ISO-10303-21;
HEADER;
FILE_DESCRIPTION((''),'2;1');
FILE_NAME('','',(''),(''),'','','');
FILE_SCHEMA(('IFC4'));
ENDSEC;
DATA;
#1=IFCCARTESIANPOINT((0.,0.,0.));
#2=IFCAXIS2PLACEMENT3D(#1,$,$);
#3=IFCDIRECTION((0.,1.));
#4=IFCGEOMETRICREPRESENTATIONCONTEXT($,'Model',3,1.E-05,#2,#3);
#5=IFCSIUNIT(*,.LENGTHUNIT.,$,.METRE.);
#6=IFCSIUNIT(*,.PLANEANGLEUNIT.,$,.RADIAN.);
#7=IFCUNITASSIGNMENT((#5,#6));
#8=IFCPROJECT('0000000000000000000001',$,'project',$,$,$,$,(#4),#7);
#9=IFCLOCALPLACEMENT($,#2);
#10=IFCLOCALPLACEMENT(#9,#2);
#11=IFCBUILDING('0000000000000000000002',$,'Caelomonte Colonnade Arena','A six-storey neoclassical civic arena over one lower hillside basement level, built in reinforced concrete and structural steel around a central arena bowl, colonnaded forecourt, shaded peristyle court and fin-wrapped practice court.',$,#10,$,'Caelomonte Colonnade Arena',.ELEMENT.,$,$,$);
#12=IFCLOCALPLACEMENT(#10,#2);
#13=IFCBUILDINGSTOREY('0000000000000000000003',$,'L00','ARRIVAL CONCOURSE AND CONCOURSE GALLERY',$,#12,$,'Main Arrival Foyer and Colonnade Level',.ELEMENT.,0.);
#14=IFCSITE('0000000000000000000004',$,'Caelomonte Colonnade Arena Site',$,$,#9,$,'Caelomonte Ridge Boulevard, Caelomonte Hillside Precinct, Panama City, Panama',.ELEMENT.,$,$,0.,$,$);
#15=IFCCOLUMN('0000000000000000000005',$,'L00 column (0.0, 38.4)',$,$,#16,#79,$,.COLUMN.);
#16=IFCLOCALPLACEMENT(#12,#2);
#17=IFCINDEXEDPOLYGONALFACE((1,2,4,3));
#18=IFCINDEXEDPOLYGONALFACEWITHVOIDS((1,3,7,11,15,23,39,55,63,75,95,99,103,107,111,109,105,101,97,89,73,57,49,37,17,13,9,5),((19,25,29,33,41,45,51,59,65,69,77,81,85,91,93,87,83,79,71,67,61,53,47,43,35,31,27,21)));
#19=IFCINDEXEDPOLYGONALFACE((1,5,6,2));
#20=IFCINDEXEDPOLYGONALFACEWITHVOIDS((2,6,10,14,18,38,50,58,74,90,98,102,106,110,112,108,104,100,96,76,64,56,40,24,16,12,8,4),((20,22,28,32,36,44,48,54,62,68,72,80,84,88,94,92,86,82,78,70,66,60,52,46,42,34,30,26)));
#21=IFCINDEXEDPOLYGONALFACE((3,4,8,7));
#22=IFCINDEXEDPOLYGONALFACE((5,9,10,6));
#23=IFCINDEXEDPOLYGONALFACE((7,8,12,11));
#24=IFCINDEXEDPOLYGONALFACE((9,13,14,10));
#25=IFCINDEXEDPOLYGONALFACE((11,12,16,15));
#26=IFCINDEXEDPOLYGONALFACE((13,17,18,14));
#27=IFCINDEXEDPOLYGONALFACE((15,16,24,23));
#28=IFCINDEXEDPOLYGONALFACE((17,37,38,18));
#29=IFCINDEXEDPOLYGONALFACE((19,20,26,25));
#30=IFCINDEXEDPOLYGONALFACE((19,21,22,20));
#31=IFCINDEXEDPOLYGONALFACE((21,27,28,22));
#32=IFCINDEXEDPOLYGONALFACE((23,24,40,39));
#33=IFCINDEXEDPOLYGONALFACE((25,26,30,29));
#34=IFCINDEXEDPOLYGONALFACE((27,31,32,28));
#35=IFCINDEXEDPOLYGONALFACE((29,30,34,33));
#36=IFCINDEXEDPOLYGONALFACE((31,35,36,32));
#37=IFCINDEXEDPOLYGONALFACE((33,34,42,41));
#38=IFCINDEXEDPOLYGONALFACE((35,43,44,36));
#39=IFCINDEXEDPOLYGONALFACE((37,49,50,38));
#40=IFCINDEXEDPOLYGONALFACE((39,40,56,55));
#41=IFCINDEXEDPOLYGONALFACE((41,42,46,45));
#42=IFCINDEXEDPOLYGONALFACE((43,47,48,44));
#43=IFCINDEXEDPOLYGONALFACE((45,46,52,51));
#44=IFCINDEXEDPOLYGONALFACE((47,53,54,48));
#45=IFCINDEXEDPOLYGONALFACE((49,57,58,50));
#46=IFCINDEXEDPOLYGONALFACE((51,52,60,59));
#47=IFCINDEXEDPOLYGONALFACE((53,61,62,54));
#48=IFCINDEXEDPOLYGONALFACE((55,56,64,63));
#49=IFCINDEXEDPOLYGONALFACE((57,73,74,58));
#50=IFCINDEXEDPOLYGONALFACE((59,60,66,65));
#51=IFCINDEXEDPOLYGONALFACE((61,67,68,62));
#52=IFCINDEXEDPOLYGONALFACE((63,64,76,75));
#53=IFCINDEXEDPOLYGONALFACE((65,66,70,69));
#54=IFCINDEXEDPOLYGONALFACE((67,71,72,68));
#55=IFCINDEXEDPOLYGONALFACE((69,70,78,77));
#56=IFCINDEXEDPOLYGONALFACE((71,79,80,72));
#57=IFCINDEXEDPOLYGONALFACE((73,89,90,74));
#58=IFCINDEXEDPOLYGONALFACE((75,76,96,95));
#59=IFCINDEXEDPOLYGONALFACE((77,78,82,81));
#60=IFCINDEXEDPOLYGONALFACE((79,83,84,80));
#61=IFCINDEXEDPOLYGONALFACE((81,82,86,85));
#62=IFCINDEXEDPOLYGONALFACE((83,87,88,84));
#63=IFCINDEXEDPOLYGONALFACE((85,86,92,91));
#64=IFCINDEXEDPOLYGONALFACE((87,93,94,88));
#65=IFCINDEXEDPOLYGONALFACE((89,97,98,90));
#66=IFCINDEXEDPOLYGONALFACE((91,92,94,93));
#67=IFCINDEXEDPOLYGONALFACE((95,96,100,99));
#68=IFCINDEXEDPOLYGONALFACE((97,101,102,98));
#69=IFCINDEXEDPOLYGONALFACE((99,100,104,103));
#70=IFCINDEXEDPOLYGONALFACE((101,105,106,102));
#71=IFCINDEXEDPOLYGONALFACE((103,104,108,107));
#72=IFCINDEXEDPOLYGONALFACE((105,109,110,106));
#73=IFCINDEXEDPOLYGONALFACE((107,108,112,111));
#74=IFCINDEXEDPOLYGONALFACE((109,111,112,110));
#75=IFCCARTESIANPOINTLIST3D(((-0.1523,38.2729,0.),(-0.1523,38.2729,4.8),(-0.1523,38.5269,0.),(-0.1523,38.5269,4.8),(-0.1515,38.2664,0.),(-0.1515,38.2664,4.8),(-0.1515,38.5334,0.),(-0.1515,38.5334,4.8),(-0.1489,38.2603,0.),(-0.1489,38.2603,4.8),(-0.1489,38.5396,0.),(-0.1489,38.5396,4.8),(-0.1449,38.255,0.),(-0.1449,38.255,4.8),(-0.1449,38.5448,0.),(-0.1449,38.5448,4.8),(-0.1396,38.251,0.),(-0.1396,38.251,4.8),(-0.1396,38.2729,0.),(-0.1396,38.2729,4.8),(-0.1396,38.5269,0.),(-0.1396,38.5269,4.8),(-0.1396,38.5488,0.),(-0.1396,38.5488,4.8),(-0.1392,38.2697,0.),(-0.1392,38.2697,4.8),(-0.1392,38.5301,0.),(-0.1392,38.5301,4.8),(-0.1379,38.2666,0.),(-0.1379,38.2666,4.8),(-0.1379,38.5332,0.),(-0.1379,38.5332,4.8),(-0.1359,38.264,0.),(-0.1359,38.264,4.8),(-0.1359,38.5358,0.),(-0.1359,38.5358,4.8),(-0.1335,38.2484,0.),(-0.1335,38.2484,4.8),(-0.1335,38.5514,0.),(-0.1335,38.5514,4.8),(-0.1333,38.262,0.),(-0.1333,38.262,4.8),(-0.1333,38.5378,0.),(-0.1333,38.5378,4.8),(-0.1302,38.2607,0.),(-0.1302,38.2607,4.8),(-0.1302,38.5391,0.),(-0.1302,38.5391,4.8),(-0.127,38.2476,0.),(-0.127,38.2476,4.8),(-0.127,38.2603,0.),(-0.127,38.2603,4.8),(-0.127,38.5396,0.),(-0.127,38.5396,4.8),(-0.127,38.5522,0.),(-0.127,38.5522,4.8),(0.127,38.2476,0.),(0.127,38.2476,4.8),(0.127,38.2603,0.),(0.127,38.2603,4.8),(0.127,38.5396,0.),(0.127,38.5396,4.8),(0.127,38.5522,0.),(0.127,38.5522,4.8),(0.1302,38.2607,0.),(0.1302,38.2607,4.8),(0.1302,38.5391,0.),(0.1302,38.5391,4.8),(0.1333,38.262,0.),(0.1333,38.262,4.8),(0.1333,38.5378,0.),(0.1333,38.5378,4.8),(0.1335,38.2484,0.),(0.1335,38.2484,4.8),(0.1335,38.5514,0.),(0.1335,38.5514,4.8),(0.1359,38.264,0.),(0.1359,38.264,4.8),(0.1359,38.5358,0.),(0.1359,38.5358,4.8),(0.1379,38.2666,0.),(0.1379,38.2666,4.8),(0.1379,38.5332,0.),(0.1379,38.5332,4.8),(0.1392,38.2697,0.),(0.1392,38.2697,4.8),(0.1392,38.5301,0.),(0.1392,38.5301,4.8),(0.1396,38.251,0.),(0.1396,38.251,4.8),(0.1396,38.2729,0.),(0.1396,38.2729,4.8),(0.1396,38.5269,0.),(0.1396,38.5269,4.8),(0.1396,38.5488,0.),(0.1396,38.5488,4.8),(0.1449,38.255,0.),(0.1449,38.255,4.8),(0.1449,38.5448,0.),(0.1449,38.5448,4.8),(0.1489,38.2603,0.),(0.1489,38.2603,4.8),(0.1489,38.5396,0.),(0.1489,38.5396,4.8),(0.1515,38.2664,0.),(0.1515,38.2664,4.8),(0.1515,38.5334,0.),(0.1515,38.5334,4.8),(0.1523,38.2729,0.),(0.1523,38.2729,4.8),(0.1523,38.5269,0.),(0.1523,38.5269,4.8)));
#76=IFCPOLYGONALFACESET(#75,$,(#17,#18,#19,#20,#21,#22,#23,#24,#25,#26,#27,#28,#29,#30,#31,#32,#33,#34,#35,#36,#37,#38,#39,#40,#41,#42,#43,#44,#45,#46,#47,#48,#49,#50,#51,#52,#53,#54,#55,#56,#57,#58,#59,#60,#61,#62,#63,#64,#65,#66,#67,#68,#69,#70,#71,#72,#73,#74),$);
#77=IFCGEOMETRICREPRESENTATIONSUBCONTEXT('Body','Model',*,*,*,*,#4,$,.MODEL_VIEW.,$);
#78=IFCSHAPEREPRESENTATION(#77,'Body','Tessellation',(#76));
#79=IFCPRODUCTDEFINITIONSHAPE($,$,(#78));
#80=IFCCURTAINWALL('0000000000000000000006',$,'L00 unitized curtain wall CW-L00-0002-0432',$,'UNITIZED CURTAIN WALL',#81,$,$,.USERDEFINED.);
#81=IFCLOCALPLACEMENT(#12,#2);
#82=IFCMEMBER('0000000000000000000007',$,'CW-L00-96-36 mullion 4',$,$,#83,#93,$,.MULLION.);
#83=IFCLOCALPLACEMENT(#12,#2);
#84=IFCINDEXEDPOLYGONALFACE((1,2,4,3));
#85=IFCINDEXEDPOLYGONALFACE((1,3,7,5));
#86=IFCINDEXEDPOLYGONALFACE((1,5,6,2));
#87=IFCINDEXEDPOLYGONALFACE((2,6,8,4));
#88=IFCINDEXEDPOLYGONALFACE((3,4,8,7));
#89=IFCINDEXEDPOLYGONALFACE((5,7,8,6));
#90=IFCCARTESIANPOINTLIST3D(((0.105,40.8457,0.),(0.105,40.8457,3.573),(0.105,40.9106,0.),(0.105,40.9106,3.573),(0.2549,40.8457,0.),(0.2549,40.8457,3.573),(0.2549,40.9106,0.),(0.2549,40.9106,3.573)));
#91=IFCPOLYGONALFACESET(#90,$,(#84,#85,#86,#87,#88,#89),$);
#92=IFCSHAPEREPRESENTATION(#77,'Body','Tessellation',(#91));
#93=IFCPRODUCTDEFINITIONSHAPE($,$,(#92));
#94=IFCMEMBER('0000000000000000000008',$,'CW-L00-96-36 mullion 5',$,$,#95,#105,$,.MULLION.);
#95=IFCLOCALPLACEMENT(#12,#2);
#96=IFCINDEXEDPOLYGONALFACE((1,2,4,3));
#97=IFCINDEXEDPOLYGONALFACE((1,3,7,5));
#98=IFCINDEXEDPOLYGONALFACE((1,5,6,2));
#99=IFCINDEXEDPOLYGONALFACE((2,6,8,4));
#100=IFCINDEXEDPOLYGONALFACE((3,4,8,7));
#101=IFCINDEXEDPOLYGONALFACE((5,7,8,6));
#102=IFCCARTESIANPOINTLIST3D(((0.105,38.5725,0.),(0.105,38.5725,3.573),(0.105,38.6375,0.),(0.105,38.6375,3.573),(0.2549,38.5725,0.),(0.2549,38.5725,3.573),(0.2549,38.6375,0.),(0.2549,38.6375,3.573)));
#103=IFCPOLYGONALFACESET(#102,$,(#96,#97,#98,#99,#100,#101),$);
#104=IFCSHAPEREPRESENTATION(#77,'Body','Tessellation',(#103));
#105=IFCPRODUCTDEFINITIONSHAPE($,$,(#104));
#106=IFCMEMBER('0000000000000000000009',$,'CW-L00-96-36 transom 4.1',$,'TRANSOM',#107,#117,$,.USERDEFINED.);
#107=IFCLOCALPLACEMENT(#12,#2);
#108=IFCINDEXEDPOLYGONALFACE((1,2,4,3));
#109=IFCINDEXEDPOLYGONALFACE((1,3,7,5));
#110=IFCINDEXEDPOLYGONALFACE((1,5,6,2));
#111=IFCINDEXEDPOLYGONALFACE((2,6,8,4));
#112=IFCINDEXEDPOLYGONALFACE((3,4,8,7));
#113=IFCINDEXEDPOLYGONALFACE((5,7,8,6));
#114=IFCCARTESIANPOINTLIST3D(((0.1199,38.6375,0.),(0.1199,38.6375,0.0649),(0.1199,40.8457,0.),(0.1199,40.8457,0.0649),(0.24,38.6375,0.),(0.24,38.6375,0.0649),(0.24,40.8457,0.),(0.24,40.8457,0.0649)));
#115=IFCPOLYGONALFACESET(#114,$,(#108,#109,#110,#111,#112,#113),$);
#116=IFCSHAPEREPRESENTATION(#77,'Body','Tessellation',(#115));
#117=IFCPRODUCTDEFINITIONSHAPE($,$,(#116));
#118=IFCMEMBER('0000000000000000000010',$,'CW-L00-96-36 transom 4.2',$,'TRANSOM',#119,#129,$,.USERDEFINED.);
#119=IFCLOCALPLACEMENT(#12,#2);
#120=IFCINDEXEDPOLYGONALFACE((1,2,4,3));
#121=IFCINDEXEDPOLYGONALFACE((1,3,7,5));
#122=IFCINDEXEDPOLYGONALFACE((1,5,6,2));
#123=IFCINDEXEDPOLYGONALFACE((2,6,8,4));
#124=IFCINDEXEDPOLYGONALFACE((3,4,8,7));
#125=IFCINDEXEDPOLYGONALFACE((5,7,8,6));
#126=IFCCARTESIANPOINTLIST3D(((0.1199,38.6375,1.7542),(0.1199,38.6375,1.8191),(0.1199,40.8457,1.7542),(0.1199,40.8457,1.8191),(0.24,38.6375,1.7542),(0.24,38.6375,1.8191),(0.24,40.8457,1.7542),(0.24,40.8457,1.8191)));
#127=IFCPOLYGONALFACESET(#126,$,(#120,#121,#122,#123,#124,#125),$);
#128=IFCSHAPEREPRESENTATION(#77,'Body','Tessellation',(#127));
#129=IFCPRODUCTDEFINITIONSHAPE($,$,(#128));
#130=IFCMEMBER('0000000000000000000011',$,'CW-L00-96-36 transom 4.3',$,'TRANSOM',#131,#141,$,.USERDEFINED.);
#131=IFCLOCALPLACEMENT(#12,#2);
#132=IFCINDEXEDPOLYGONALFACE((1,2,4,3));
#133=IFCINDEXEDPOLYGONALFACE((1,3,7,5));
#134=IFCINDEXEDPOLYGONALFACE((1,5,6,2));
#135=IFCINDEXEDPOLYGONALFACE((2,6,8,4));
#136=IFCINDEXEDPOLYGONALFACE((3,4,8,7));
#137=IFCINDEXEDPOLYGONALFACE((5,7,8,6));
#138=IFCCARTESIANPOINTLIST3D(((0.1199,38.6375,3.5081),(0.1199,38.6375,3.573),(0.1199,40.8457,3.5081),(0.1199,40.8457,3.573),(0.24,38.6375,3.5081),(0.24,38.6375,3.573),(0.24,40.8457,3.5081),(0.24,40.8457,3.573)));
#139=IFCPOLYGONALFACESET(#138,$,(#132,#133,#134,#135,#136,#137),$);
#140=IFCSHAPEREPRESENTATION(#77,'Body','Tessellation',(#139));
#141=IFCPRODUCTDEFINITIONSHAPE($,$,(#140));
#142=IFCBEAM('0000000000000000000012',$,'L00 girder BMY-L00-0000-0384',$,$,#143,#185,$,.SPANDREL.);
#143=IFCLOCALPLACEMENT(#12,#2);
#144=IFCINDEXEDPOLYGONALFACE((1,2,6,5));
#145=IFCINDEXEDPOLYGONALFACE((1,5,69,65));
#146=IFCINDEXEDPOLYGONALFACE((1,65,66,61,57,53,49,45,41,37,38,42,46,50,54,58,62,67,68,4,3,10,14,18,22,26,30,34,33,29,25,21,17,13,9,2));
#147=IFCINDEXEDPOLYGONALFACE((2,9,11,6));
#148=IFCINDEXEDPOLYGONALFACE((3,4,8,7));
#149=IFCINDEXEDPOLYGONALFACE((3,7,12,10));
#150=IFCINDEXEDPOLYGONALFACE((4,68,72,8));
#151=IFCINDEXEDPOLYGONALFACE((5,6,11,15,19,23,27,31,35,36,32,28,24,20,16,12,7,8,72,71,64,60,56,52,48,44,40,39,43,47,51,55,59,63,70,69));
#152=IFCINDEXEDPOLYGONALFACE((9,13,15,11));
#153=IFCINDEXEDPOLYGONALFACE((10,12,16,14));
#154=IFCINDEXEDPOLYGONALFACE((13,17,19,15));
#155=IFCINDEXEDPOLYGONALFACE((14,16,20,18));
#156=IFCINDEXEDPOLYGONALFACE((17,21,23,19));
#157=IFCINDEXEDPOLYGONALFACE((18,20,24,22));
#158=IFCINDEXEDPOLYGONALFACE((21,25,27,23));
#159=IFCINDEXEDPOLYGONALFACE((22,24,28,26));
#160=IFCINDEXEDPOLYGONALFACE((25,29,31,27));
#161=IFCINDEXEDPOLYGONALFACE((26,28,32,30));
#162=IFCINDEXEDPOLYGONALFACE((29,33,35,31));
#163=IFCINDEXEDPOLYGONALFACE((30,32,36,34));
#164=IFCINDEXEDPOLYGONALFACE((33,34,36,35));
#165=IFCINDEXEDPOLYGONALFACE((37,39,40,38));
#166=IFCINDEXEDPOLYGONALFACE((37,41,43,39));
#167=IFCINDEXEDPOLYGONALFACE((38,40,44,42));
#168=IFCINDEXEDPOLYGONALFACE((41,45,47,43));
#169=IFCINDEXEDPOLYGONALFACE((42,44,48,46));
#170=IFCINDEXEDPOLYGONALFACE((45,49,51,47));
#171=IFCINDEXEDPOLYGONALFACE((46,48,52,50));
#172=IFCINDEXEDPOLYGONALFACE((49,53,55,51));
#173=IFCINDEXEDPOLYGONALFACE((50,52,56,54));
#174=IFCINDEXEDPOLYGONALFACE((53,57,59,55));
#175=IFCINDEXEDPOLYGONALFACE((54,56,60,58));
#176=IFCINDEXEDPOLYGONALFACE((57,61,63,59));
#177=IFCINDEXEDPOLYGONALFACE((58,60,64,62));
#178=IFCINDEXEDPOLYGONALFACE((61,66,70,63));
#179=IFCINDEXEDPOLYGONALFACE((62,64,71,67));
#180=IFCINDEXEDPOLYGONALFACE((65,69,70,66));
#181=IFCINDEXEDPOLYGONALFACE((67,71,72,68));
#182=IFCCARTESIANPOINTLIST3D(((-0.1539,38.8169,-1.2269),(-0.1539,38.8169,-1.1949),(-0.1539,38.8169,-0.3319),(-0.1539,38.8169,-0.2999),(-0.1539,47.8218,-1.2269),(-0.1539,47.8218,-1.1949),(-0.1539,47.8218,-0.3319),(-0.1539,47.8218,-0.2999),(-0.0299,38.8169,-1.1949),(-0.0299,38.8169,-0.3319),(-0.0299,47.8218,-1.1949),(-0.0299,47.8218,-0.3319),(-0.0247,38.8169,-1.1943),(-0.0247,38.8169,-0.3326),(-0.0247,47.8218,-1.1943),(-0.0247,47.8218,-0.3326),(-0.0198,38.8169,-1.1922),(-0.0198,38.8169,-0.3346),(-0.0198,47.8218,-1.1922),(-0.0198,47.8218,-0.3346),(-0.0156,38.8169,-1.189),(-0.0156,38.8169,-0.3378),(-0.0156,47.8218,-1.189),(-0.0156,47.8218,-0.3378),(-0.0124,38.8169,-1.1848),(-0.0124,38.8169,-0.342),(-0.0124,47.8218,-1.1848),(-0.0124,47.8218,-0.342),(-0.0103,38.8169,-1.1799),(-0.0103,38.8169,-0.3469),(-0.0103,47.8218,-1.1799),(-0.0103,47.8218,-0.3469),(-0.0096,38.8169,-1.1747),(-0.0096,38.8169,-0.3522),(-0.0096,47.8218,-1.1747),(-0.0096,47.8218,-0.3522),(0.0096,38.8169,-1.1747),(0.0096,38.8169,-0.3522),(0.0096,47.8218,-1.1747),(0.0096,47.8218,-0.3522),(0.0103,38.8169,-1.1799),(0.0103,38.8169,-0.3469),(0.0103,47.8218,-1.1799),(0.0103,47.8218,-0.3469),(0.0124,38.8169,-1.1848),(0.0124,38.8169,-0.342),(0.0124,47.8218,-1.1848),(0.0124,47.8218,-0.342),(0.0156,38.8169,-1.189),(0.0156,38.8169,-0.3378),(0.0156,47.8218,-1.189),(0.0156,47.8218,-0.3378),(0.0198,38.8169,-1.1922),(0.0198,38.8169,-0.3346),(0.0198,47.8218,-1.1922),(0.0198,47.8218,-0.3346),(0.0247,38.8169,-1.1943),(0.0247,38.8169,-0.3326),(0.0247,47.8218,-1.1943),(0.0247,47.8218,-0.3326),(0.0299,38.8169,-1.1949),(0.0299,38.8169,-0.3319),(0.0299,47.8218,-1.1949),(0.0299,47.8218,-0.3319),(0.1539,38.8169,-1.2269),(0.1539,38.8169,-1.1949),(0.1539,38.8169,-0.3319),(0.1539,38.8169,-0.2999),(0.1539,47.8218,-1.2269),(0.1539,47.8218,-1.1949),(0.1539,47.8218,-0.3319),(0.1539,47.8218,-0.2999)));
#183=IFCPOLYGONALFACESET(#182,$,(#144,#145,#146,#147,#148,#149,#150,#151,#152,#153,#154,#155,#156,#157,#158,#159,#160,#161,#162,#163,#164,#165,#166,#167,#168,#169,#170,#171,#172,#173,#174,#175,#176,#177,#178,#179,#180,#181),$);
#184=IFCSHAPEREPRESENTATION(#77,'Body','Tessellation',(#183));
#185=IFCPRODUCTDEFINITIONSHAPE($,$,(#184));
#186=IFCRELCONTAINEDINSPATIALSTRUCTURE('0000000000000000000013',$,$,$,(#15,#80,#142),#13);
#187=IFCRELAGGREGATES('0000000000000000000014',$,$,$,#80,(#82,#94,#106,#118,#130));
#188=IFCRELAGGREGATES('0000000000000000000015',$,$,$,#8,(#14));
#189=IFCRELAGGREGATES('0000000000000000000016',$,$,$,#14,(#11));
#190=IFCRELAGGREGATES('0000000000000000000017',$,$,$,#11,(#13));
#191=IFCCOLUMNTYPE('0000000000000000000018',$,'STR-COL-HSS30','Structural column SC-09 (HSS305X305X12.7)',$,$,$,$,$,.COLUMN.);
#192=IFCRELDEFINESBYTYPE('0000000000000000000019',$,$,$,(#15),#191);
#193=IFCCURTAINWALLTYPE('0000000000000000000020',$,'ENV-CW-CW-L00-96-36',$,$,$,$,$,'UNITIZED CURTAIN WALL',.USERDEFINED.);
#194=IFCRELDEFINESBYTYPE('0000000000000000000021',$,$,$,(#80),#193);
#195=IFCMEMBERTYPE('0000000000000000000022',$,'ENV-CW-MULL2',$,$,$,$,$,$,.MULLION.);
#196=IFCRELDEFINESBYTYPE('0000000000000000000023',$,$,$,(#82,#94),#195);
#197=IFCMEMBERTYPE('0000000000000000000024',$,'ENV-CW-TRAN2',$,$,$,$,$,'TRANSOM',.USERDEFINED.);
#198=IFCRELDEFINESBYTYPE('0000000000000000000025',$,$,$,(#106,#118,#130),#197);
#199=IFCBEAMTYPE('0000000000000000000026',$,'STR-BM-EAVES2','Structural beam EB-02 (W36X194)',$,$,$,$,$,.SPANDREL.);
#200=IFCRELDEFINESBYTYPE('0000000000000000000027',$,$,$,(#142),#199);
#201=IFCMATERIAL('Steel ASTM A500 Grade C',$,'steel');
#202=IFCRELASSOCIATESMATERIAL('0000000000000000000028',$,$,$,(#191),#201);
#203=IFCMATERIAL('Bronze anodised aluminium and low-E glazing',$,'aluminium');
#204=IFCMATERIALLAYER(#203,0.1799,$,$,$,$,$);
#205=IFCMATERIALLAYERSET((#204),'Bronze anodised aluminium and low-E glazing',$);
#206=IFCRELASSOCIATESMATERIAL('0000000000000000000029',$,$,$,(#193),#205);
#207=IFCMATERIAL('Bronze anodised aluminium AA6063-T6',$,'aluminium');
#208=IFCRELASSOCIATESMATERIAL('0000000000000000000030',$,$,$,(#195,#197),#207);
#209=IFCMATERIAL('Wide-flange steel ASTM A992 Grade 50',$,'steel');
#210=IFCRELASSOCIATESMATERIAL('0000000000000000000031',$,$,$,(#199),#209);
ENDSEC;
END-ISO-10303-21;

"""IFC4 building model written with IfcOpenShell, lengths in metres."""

from ifc_helpers import new_model, si_unit, direction, frame, origin, origin_2d, place, context, subcontext, project, spatial, rectangle, hollow_rectangle, i_section, extrude, material, layer, layer_set, material_profile, profile_set, type_object, element, aggregate, save


model = new_model("IFC4")

# Units and contexts
model_context = context("Model", 3, precision=1e-05, world=origin(), true_north=direction((0.0, 1.0)))
body_context = subcontext(model_context, "Body", "Model", "MODEL_VIEW")
ifc_project = project(units=[si_unit("LENGTHUNIT", "METRE"), si_unit("PLANEANGLEUNIT", "RADIAN")], contexts=[model_context])

# Site, building, storey
site_placement = place(None, origin())
site = spatial("IfcSite", under=ifc_project, at=site_placement, Name="Caelomonte Colonnade Arena Site", LongName="Caelomonte Ridge Boulevard, Caelomonte Hillside Precinct, Panama City, Panama", CompositionType="ELEMENT", RefElevation=0.0)
building_placement = place(site_placement, origin())
building = spatial("IfcBuilding", under=site, at=building_placement, Name="Caelomonte Colonnade Arena", Description="A six-storey neoclassical civic arena over one lower hillside basement level, built in reinforced concrete and structural steel around a central arena bowl, colonnaded forecourt, shaded peristyle court and fin-wrapped practice court.", LongName="Caelomonte Colonnade Arena", CompositionType="ELEMENT")
storey_placement = place(building_placement, origin())
storey = spatial("IfcBuildingStorey", under=building, at=storey_placement, Name="L00", Description="ARRIVAL CONCOURSE AND CONCOURSE GALLERY", LongName="Main Arrival Foyer and Colonnade Level", CompositionType="ELEMENT", Elevation=0.0)

# Column
ifc_material_1 = material(Name="Steel ASTM A500 Grade C", Category="steel")
ifc_material_profile_1 = material_profile(ifc_material_1, hollow_rectangle(XDim=0.3047, YDim=0.3047, WallThickness=0.0127, InnerFilletRadius=0.0127, OuterFilletRadius=0.0254, at=origin_2d()), Name="HSS305X305X12.7")
ifc_profile_set_1 = profile_set([ifc_material_profile_1], Name="Steel ASTM A500 Grade C")
column_type = type_object("IfcColumnType", Name="STR-COL-HSS30", Description="Structural column SC-09 (HSS305X305X12.7)", PredefinedType="COLUMN", material=ifc_profile_set_1)
column_placement = place(storey_placement, frame((0.0, 38.3999, 0.0), z_axis=(0.0, 0.0, 1.0), x_axis=(1.0, 0.0, 0.0)))
element("IfcColumn", 1, at=column_placement, inside=storey, type_object=column_type, Name="L00 column (0.0, 38.4)", PredefinedType="COLUMN", context=body_context, shape_type="SweptSolid", body=[
    extrude(hollow_rectangle(XDim=0.3047, YDim=0.3047, WallThickness=0.0127, InnerFilletRadius=0.0127, OuterFilletRadius=0.0254, at=origin_2d()), origin(), (0.0, 0.0, 1.0), 4.8),
])

# Curtain wall, members
ifc_material_2 = material(Name="Bronze anodised aluminium and low-E glazing", Category="aluminium")
ifc_layer_1 = layer(ifc_material_2, 0.1799)
ifc_layer_set_1 = layer_set([ifc_layer_1], Name="Bronze anodised aluminium and low-E glazing")
curtain_wall_type = type_object("IfcCurtainWallType", Name="ENV-CW-CW-L00-96-36", ElementType="UNITIZED CURTAIN WALL", PredefinedType="USERDEFINED", material=ifc_layer_set_1)
curtain_wall_placement = place(storey_placement, origin())
curtain_wall = element("IfcCurtainWall", 2, at=curtain_wall_placement, inside=storey, type_object=curtain_wall_type, Name="L00 unitized curtain wall CW-L00-0002-0432", ObjectType="UNITIZED CURTAIN WALL", PredefinedType="USERDEFINED")
ifc_material_3 = material(Name="Bronze anodised aluminium AA6063-T6", Category="aluminium")
ifc_material_profile_2 = material_profile(ifc_material_3, rectangle(XDim=0.0649, YDim=0.1499, at=origin_2d()), Name="CWM-65X150")
ifc_profile_set_2 = profile_set([ifc_material_profile_2], Name="Bronze anodised aluminium AA6063-T6")
member_type_1 = type_object("IfcMemberType", Name="ENV-CW-MULL2", PredefinedType="MULLION", material=ifc_profile_set_2)
member_1_placement = place(storey_placement, frame((0.1799, 40.8782, 0.0), z_axis=(0.0, 0.0, 1.0), x_axis=(0.0, -1.0, 0.0)))
member_1 = element("IfcMember", 3, at=member_1_placement, type_object=member_type_1, Name="CW-L00-96-36 mullion 4", PredefinedType="MULLION", context=body_context, shape_type="SweptSolid", body=[
    extrude(rectangle(XDim=0.0649, YDim=0.1499, at=origin_2d()), origin(), (0.0, 0.0, 1.0), 3.573),
])
member_2_placement = place(storey_placement, frame((0.1799, 38.605, 0.0), z_axis=(0.0, 0.0, 1.0), x_axis=(0.0, -1.0, 0.0)))
member_2 = element("IfcMember", 4, at=member_2_placement, type_object=member_type_1, Name="CW-L00-96-36 mullion 5", PredefinedType="MULLION", context=body_context, shape_type="SweptSolid", body=[
    extrude(rectangle(XDim=0.0649, YDim=0.1499, at=origin_2d()), origin(), (0.0, 0.0, 1.0), 3.573),
])
ifc_material_profile_3 = material_profile(ifc_material_3, rectangle(XDim=0.0649, YDim=0.1201, at=origin_2d()), Name="CWT-65X120")
ifc_profile_set_3 = profile_set([ifc_material_profile_3], Name="Bronze anodised aluminium AA6063-T6")
member_type_2 = type_object("IfcMemberType", Name="ENV-CW-TRAN2", ElementType="TRANSOM", PredefinedType="USERDEFINED", material=ifc_profile_set_3)
member_3_placement = place(storey_placement, frame((0.1799, 40.8457, 0.0325), z_axis=(0.0, -1.0, 0.0), x_axis=(0.0, 0.0, 1.0)))
member_3 = element("IfcMember", 5, at=member_3_placement, type_object=member_type_2, Name="CW-L00-96-36 transom 4.1", ObjectType="TRANSOM", PredefinedType="USERDEFINED", context=body_context, shape_type="SweptSolid", body=[
    extrude(rectangle(XDim=0.0649, YDim=0.1201, at=origin_2d()), origin(), (0.0, 0.0, 1.0), 2.2083),
])
member_4_placement = place(storey_placement, frame((0.1799, 40.8457, 1.7866), z_axis=(0.0, -1.0, 0.0), x_axis=(0.0, 0.0, 1.0)))
member_4 = element("IfcMember", 6, at=member_4_placement, type_object=member_type_2, Name="CW-L00-96-36 transom 4.2", ObjectType="TRANSOM", PredefinedType="USERDEFINED", context=body_context, shape_type="SweptSolid", body=[
    extrude(rectangle(XDim=0.0649, YDim=0.1201, at=origin_2d()), origin(), (0.0, 0.0, 1.0), 2.2083),
])
member_5_placement = place(storey_placement, frame((0.1799, 40.8457, 3.5405), z_axis=(0.0, -1.0, 0.0), x_axis=(0.0, 0.0, 1.0)))
member_5 = element("IfcMember", 7, at=member_5_placement, type_object=member_type_2, Name="CW-L00-96-36 transom 4.3", ObjectType="TRANSOM", PredefinedType="USERDEFINED", context=body_context, shape_type="SweptSolid", body=[
    extrude(rectangle(XDim=0.0649, YDim=0.1201, at=origin_2d()), origin(), (0.0, 0.0, 1.0), 2.2083),
])

# Beam
ifc_material_4 = material(Name="Wide-flange steel ASTM A992 Grade 50", Category="steel")
ifc_material_profile_4 = material_profile(ifc_material_4, i_section(OverallWidth=0.3079, OverallDepth=0.927, WebThickness=0.0193, FlangeThickness=0.032, FilletRadius=0.0203, at=origin_2d()), Name="W36X194")
ifc_profile_set_4 = profile_set([ifc_material_profile_4], Name="Wide-flange steel ASTM A992 Grade 50")
beam_type_1 = type_object("IfcBeamType", Name="STR-BM-EAVES2", Description="Structural beam EB-02 (W36X194)", PredefinedType="SPANDREL", material=ifc_profile_set_4)
beam_1_placement = place(storey_placement, frame((0.0, 38.8169, -0.7634), z_axis=(0.0, 1.0, 0.0), x_axis=(-1.0, 0.0, 0.0)))
element("IfcBeam", 8, at=beam_1_placement, inside=storey, type_object=beam_type_1, Name="L00 girder BMY-L00-0000-0384", PredefinedType="SPANDREL", context=body_context, shape_type="SweptSolid", body=[
    extrude(i_section(OverallWidth=0.3079, OverallDepth=0.927, WebThickness=0.0193, FlangeThickness=0.032, FilletRadius=0.0203, at=origin_2d()), origin(), (0.0, 0.0, 1.0), 9.0049),
])

aggregate(curtain_wall, [member_1, member_2, member_3, member_4, member_5])

save(model, "model.ifc")
